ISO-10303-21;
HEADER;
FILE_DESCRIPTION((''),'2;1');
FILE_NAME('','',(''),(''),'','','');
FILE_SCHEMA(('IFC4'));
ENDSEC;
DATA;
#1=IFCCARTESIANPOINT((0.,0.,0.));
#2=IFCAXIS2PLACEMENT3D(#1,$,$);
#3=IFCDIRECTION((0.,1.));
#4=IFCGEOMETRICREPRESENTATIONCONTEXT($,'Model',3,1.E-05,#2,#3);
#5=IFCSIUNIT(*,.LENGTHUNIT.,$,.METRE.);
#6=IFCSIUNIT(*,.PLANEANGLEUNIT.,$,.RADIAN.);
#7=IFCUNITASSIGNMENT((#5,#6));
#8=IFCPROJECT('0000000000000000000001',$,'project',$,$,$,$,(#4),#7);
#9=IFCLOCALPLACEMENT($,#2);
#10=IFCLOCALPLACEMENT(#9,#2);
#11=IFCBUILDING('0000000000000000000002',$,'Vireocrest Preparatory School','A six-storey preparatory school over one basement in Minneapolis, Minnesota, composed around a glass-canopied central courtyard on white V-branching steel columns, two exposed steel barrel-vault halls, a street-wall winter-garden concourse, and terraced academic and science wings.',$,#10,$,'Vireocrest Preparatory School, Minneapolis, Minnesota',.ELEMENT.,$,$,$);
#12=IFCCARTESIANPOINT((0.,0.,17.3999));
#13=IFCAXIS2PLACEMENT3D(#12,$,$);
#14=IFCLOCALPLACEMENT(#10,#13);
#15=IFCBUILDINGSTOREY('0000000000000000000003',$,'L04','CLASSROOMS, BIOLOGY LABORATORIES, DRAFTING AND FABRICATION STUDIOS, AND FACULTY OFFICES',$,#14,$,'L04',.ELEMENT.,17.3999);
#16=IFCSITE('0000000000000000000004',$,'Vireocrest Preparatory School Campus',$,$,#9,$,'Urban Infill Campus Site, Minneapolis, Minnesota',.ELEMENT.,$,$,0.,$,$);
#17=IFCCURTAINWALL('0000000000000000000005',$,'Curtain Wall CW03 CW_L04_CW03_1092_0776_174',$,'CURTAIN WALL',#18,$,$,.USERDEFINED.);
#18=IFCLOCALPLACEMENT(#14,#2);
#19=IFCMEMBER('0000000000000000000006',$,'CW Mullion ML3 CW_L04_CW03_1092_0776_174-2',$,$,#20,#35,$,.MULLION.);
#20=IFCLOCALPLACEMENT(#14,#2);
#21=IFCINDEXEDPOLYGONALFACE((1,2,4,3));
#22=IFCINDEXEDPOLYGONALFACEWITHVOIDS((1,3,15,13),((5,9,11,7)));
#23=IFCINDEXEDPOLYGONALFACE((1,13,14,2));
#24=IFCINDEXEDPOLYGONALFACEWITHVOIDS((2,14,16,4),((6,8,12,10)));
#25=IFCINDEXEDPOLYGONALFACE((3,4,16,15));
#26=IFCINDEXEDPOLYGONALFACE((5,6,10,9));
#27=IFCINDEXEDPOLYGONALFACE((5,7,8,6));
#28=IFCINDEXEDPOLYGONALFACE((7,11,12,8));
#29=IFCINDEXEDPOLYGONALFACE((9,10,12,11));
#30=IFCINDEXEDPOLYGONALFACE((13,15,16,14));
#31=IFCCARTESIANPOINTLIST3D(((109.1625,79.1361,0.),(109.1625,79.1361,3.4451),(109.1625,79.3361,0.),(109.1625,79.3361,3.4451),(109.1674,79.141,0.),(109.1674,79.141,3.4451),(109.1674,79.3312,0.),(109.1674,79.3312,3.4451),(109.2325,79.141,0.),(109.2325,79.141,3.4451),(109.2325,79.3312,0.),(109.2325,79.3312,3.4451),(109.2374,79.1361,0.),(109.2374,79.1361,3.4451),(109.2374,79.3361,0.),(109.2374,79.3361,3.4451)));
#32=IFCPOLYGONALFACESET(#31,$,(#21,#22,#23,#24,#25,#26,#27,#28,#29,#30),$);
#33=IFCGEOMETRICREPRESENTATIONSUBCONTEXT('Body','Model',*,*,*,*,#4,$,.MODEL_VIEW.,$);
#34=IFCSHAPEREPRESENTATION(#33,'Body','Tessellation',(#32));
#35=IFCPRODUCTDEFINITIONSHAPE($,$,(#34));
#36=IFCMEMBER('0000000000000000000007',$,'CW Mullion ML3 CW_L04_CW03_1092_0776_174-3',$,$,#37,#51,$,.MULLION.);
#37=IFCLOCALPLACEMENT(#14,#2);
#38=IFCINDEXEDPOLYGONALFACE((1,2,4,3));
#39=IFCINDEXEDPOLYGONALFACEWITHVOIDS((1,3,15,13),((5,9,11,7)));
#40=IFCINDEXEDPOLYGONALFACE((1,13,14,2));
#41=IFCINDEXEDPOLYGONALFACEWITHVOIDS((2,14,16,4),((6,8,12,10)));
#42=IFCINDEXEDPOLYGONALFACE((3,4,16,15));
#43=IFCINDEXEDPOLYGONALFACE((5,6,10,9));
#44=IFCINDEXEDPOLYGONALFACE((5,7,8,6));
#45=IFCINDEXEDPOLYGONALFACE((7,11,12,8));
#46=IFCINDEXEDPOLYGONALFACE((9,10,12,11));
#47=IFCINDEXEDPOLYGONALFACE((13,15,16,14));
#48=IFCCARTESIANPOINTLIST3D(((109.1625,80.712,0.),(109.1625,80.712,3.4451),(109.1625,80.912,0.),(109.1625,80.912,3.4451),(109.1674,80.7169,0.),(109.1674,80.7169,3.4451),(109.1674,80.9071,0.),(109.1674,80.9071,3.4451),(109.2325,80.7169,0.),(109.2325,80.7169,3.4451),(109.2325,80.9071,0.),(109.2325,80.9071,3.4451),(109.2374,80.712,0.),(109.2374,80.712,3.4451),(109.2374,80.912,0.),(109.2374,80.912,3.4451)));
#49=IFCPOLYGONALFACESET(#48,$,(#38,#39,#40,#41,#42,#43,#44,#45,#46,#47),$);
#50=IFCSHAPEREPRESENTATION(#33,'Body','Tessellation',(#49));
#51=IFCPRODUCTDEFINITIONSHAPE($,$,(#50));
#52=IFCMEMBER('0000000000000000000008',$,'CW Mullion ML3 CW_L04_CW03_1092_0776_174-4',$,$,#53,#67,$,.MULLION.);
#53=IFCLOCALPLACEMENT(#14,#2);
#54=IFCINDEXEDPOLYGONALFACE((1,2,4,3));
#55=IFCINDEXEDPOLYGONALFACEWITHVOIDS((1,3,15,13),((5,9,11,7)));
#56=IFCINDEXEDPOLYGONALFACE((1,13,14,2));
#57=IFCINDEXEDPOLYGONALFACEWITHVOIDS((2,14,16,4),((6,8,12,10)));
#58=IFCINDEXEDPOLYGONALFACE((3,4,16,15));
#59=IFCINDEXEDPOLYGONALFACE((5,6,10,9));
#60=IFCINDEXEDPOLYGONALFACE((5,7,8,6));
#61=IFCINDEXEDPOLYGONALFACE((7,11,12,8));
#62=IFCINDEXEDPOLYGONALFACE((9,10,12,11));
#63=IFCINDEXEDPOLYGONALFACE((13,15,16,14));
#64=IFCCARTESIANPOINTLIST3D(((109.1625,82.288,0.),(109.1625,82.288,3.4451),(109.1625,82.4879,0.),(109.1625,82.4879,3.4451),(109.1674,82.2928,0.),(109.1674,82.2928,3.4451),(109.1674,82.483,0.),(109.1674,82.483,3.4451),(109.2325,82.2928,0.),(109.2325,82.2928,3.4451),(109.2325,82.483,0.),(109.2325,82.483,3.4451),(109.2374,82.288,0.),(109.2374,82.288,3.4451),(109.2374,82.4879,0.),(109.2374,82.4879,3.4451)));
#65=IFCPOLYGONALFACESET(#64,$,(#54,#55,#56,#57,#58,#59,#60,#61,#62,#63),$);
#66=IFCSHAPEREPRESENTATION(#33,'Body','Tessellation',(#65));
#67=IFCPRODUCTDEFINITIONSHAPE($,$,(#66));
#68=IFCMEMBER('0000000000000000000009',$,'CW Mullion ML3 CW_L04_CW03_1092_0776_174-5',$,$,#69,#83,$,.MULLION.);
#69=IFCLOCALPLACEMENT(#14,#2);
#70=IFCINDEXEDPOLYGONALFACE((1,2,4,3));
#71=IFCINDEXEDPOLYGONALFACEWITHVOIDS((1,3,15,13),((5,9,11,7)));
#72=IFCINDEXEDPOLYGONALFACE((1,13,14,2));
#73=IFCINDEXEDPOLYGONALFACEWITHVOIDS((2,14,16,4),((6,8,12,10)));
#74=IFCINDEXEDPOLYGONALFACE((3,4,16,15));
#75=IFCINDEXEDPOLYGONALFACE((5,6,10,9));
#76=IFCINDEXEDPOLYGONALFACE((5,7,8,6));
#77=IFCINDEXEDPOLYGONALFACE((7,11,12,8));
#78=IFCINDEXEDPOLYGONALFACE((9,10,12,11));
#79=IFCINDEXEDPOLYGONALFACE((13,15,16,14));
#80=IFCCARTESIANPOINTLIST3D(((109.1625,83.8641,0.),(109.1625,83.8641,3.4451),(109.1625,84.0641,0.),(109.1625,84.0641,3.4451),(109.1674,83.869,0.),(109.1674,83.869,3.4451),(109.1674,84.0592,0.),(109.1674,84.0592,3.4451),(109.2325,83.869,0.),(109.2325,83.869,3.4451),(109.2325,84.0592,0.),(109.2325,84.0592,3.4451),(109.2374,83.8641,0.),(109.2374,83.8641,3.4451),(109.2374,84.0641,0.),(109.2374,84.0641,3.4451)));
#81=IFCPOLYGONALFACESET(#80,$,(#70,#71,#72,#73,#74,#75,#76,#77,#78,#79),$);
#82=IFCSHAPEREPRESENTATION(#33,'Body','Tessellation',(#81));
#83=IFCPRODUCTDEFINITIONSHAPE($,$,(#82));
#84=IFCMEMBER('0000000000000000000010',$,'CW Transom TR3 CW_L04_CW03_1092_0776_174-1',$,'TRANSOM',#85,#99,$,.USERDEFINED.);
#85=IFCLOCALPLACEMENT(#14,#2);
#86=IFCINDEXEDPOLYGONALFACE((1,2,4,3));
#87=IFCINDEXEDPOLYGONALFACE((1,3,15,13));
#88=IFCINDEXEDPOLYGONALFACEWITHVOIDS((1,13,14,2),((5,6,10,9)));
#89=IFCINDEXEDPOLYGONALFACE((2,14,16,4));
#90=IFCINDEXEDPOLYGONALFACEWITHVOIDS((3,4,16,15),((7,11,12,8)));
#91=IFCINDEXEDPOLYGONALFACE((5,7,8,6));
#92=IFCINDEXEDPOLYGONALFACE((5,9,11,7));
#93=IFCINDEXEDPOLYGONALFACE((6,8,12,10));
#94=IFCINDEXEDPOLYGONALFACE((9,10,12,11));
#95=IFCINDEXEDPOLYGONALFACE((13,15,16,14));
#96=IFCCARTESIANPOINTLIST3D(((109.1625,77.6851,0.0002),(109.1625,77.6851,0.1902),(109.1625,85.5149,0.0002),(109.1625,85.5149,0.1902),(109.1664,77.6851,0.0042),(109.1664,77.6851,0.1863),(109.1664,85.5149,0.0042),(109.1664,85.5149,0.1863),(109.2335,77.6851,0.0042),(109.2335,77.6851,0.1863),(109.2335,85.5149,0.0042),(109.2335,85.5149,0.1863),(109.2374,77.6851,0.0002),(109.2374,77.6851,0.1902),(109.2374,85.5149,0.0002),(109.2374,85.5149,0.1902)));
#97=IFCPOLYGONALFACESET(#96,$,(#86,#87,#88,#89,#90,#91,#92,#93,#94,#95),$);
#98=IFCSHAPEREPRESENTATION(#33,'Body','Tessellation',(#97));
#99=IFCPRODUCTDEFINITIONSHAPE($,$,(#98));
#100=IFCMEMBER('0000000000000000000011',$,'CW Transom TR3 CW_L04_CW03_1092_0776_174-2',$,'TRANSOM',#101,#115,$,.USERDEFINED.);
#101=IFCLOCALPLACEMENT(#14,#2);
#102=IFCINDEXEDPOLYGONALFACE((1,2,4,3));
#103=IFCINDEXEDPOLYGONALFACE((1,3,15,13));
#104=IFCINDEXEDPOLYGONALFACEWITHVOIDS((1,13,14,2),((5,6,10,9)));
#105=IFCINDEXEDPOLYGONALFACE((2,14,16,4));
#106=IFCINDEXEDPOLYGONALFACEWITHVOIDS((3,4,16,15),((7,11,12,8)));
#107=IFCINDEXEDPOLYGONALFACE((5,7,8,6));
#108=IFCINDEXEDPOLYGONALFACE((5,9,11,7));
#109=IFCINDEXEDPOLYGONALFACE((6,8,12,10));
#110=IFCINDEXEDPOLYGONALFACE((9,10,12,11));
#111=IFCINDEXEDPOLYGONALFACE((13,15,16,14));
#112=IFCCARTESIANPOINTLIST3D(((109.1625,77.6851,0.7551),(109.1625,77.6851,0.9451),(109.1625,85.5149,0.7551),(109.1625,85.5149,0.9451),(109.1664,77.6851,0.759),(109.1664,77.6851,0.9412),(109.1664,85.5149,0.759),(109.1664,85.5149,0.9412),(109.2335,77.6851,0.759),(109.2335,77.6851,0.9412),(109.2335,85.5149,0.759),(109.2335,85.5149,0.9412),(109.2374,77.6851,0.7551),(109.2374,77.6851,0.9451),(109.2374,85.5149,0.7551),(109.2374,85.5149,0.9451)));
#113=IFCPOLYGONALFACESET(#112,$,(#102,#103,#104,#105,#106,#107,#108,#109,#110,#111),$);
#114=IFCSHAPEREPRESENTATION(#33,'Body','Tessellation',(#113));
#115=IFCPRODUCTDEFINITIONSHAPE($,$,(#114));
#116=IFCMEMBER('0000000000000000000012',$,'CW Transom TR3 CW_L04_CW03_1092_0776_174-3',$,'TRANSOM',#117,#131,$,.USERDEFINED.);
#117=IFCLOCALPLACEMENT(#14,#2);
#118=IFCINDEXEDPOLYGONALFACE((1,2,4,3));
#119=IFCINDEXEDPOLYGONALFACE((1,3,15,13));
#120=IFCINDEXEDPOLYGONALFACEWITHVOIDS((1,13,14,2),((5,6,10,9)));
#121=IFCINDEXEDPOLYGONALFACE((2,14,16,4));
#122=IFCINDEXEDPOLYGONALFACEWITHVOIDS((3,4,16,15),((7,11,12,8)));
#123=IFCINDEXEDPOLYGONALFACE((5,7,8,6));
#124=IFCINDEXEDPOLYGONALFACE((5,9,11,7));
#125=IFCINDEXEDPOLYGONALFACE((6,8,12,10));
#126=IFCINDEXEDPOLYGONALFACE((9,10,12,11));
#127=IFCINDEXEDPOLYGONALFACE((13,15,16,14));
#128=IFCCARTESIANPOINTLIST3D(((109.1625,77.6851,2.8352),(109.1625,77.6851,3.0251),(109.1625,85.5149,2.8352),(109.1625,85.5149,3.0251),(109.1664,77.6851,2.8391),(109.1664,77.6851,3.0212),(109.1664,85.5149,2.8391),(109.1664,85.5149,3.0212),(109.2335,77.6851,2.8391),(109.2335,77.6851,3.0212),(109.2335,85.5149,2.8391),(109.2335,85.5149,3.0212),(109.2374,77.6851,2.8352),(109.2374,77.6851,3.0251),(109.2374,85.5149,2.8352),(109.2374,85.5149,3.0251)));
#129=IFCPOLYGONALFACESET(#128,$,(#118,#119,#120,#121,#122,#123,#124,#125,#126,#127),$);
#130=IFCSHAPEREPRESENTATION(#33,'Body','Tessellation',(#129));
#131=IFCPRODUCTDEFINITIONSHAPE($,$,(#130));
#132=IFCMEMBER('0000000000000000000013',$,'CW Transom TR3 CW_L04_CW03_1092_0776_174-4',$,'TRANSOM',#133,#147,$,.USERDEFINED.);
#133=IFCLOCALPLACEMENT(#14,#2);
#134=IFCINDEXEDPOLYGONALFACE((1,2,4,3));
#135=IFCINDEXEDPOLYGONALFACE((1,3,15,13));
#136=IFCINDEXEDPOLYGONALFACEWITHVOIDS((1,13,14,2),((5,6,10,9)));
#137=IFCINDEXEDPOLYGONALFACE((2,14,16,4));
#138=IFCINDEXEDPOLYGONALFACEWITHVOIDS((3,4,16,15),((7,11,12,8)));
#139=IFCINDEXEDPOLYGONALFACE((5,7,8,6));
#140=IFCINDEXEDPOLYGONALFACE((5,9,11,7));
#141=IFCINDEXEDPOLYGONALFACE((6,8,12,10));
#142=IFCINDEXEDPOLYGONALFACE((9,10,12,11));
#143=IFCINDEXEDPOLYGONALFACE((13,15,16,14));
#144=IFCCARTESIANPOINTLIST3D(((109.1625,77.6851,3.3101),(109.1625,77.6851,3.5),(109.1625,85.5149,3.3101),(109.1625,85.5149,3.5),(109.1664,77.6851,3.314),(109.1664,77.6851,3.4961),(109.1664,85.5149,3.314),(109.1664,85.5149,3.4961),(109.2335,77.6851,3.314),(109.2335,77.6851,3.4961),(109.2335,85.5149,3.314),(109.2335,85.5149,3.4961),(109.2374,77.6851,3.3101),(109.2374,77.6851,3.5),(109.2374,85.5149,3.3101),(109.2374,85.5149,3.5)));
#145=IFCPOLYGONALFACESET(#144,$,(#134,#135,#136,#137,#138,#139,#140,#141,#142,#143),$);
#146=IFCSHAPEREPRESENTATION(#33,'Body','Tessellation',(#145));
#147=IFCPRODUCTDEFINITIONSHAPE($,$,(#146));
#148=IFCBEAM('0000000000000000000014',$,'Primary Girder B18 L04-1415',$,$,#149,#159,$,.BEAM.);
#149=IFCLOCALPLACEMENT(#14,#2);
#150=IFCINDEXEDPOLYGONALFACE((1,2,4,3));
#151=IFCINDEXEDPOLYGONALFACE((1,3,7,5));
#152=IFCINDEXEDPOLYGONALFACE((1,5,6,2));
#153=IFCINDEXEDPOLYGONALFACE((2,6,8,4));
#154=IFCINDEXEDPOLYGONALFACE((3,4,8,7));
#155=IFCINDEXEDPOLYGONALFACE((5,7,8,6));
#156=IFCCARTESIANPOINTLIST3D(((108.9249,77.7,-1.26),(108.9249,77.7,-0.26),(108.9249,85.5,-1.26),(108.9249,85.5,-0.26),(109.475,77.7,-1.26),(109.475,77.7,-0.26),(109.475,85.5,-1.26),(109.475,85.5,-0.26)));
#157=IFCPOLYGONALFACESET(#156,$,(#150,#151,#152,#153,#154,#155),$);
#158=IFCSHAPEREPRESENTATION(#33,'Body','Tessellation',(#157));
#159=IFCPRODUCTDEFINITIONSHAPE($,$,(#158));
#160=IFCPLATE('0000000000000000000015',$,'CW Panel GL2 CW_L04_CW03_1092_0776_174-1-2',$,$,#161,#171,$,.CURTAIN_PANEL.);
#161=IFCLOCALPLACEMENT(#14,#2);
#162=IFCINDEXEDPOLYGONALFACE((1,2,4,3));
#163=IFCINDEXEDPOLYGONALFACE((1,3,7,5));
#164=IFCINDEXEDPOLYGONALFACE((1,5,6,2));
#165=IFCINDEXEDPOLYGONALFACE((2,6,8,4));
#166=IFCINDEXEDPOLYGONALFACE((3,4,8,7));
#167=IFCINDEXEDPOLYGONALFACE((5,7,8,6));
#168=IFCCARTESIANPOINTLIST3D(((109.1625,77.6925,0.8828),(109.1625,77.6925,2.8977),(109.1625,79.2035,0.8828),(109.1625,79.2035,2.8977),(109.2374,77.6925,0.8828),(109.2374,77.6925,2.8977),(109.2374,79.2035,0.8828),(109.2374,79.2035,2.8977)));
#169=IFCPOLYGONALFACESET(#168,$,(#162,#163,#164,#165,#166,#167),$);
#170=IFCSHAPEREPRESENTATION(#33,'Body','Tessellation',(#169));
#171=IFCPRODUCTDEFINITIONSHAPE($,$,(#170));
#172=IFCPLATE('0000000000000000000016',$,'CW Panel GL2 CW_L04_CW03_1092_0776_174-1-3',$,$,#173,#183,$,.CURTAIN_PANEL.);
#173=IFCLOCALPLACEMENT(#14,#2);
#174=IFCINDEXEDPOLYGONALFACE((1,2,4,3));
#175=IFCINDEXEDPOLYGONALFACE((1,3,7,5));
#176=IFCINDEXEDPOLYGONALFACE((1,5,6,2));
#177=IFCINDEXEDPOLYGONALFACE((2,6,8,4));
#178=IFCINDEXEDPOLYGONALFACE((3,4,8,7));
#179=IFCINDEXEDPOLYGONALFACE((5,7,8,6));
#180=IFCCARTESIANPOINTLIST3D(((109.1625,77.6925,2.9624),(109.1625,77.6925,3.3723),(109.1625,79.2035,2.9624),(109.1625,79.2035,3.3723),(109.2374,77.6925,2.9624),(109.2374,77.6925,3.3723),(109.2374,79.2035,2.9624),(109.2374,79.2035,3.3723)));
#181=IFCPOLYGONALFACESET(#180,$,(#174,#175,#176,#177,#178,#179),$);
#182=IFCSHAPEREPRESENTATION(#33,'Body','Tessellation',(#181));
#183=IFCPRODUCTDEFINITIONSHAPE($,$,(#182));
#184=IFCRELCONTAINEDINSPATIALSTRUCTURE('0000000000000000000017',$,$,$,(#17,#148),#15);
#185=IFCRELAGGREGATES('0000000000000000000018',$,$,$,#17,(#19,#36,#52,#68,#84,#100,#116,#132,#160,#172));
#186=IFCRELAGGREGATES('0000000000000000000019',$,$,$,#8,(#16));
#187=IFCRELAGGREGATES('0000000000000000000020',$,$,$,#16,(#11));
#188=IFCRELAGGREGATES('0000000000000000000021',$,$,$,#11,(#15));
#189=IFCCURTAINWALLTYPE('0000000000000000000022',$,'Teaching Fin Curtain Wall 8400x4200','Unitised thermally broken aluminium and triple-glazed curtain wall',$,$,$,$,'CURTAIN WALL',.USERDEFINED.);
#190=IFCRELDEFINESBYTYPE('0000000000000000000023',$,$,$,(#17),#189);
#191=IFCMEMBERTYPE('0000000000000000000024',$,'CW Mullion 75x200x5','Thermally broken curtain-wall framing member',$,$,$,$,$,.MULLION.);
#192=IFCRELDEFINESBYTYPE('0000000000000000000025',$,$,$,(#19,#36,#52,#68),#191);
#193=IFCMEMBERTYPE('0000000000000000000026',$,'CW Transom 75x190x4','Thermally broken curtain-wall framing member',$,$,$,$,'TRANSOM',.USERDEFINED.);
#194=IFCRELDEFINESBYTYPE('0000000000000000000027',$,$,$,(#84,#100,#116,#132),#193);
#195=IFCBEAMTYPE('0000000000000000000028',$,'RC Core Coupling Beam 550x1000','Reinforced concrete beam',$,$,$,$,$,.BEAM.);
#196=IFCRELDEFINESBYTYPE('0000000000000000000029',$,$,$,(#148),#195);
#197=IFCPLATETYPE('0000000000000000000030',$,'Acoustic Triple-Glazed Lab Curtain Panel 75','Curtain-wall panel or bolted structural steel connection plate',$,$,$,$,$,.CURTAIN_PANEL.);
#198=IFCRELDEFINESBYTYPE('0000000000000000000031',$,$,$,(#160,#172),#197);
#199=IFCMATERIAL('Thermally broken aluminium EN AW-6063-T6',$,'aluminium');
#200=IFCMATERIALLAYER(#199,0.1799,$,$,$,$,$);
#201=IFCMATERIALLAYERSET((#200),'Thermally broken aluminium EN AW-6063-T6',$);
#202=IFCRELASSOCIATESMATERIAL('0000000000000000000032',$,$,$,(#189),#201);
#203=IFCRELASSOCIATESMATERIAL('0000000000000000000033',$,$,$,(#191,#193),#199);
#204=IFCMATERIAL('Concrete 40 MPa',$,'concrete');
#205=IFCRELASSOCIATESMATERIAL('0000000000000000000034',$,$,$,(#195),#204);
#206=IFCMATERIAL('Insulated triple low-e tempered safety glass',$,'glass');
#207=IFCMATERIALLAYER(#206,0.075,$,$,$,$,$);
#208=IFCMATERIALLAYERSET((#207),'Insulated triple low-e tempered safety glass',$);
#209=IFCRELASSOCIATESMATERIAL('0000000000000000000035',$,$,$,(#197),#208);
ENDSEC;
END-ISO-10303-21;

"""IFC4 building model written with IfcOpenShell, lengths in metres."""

from ifc_helpers import new_model, si_unit, direction, frame, origin, origin_2d, place, context, subcontext, project, spatial, rectangle, hollow_rectangle, extrude, material, layer, layer_set, material_profile, profile_set, type_object, element, aggregate, save


model = new_model("IFC4")

# Units and contexts
model_context = context("Model", 3, precision=1e-05, world=origin(), true_north=direction((0.0, 1.0)))
body_context = subcontext(model_context, "Body", "Model", "MODEL_VIEW")
ifc_project = project(units=[si_unit("LENGTHUNIT", "METRE"), si_unit("PLANEANGLEUNIT", "RADIAN")], contexts=[model_context])

# Site, building, storey
site_placement = place(None, origin())
site = spatial("IfcSite", under=ifc_project, at=site_placement, Name="Vireocrest Preparatory School Campus", LongName="Urban Infill Campus Site, Minneapolis, Minnesota", CompositionType="ELEMENT", RefElevation=0.0)
building_placement = place(site_placement, origin())
building = spatial("IfcBuilding", under=site, at=building_placement, Name="Vireocrest Preparatory School", Description="A six-storey preparatory school over one basement in Minneapolis, Minnesota, composed around a glass-canopied central courtyard on white V-branching steel columns, two exposed steel barrel-vault halls, a street-wall winter-garden concourse, and terraced academic and science wings.", LongName="Vireocrest Preparatory School, Minneapolis, Minnesota", CompositionType="ELEMENT")
storey_placement = place(building_placement, frame((0.0, 0.0, 17.3999)))
storey = spatial("IfcBuildingStorey", under=building, at=storey_placement, Name="L04", Description="CLASSROOMS, BIOLOGY LABORATORIES, DRAFTING AND FABRICATION STUDIOS, AND FACULTY OFFICES", LongName="L04", CompositionType="ELEMENT", Elevation=17.3999)

# Curtain wall, members
ifc_material_1 = material(Name="Thermally broken aluminium EN AW-6063-T6", Category="aluminium")
ifc_layer_1 = layer(ifc_material_1, 0.1799)
ifc_layer_set_1 = layer_set([ifc_layer_1], Name="Thermally broken aluminium EN AW-6063-T6")
curtain_wall_type = type_object("IfcCurtainWallType", Name="Teaching Fin Curtain Wall 8400x4200", Description="Unitised thermally broken aluminium and triple-glazed curtain wall", ElementType="CURTAIN WALL", PredefinedType="USERDEFINED", material=ifc_layer_set_1)
curtain_wall_placement = place(storey_placement, origin())
curtain_wall = element("IfcCurtainWall", 1, at=curtain_wall_placement, inside=storey, type_object=curtain_wall_type, Name="Curtain Wall CW03 CW_L04_CW03_1092_0776_174", ObjectType="CURTAIN WALL", PredefinedType="USERDEFINED")
ifc_material_profile_1 = material_profile(ifc_material_1, hollow_rectangle(XDim=0.075, YDim=0.2, WallThickness=0.0049, at=origin_2d()), Name="ALU 75x200x5")
ifc_profile_set_1 = profile_set([ifc_material_profile_1], Name="Thermally broken aluminium EN AW-6063-T6")
member_type_1 = type_object("IfcMemberType", Name="CW Mullion 75x200x5", Description="Thermally broken curtain-wall framing member", PredefinedType="MULLION", material=ifc_profile_set_1)
member_1_placement = place(storey_placement, frame((109.2, 79.2361, 0.0), z_axis=(0.0, 0.0, 1.0), x_axis=(1.0, 0.0, 0.0)))
member_1 = element("IfcMember", 2, at=member_1_placement, type_object=member_type_1, Name="CW Mullion ML3 CW_L04_CW03_1092_0776_174-2", PredefinedType="MULLION", context=body_context, shape_type="SweptSolid", body=[
    extrude(hollow_rectangle(XDim=0.075, YDim=0.2, WallThickness=0.0049, at=origin_2d()), origin(), (0.0, 0.0, 1.0), 3.4451),
])
member_2_placement = place(storey_placement, frame((109.2, 80.812, 0.0), z_axis=(0.0, 0.0, 1.0), x_axis=(1.0, 0.0, 0.0)))
member_2 = element("IfcMember", 3, at=member_2_placement, type_object=member_type_1, Name="CW Mullion ML3 CW_L04_CW03_1092_0776_174-3", PredefinedType="MULLION", context=body_context, shape_type="SweptSolid", body=[
    extrude(hollow_rectangle(XDim=0.075, YDim=0.2, WallThickness=0.0049, at=origin_2d()), origin(), (0.0, 0.0, 1.0), 3.4451),
])
member_3_placement = place(storey_placement, frame((109.2, 82.3879, 0.0), z_axis=(0.0, 0.0, 1.0), x_axis=(1.0, 0.0, 0.0)))
member_3 = element("IfcMember", 4, at=member_3_placement, type_object=member_type_1, Name="CW Mullion ML3 CW_L04_CW03_1092_0776_174-4", PredefinedType="MULLION", context=body_context, shape_type="SweptSolid", body=[
    extrude(hollow_rectangle(XDim=0.075, YDim=0.2, WallThickness=0.0049, at=origin_2d()), origin(), (0.0, 0.0, 1.0), 3.4451),
])
member_4_placement = place(storey_placement, frame((109.2, 83.9641, 0.0), z_axis=(0.0, 0.0, 1.0), x_axis=(1.0, 0.0, 0.0)))
member_4 = element("IfcMember", 5, at=member_4_placement, type_object=member_type_1, Name="CW Mullion ML3 CW_L04_CW03_1092_0776_174-5", PredefinedType="MULLION", context=body_context, shape_type="SweptSolid", body=[
    extrude(hollow_rectangle(XDim=0.075, YDim=0.2, WallThickness=0.0049, at=origin_2d()), origin(), (0.0, 0.0, 1.0), 3.4451),
])
ifc_material_profile_2 = material_profile(ifc_material_1, hollow_rectangle(XDim=0.075, YDim=0.1899, WallThickness=0.0039, at=origin_2d()), Name="ALU 75x190x4")
ifc_profile_set_2 = profile_set([ifc_material_profile_2], Name="Thermally broken aluminium EN AW-6063-T6")
member_type_2 = type_object("IfcMemberType", Name="CW Transom 75x190x4", Description="Thermally broken curtain-wall framing member", ElementType="TRANSOM", PredefinedType="USERDEFINED", material=ifc_profile_set_2)
member_5_placement = place(storey_placement, frame((109.2, 77.6851, 0.0952), z_axis=(0.0, 1.0, 0.0), x_axis=(-1.0, 0.0, 0.0)))
member_5 = element("IfcMember", 6, at=member_5_placement, type_object=member_type_2, Name="CW Transom TR3 CW_L04_CW03_1092_0776_174-1", ObjectType="TRANSOM", PredefinedType="USERDEFINED", context=body_context, shape_type="SweptSolid", body=[
    extrude(hollow_rectangle(XDim=0.075, YDim=0.1899, WallThickness=0.0039, at=origin_2d()), origin(), (0.0, 0.0, 1.0), 7.8298),
])
member_6_placement = place(storey_placement, frame((109.2, 77.6851, 0.8501), z_axis=(0.0, 1.0, 0.0), x_axis=(-1.0, 0.0, 0.0)))
member_6 = element("IfcMember", 7, at=member_6_placement, type_object=member_type_2, Name="CW Transom TR3 CW_L04_CW03_1092_0776_174-2", ObjectType="TRANSOM", PredefinedType="USERDEFINED", context=body_context, shape_type="SweptSolid", body=[
    extrude(hollow_rectangle(XDim=0.075, YDim=0.1899, WallThickness=0.0039, at=origin_2d()), origin(), (0.0, 0.0, 1.0), 7.8298),
])
member_7_placement = place(storey_placement, frame((109.2, 77.6851, 2.9302), z_axis=(0.0, 1.0, 0.0), x_axis=(-1.0, 0.0, 0.0)))
member_7 = element("IfcMember", 8, at=member_7_placement, type_object=member_type_2, Name="CW Transom TR3 CW_L04_CW03_1092_0776_174-3", ObjectType="TRANSOM", PredefinedType="USERDEFINED", context=body_context, shape_type="SweptSolid", body=[
    extrude(hollow_rectangle(XDim=0.075, YDim=0.1899, WallThickness=0.0039, at=origin_2d()), origin(), (0.0, 0.0, 1.0), 7.8298),
])
member_8_placement = place(storey_placement, frame((109.2, 77.6851, 3.405), z_axis=(0.0, 1.0, 0.0), x_axis=(-1.0, 0.0, 0.0)))
member_8 = element("IfcMember", 9, at=member_8_placement, type_object=member_type_2, Name="CW Transom TR3 CW_L04_CW03_1092_0776_174-4", ObjectType="TRANSOM", PredefinedType="USERDEFINED", context=body_context, shape_type="SweptSolid", body=[
    extrude(hollow_rectangle(XDim=0.075, YDim=0.1899, WallThickness=0.0039, at=origin_2d()), origin(), (0.0, 0.0, 1.0), 7.8298),
])

# Beam
ifc_material_2 = material(Name="Concrete 40 MPa", Category="concrete")
ifc_material_profile_3 = material_profile(ifc_material_2, rectangle(XDim=0.55, YDim=1.0, at=origin_2d()), Name="RC 550x1000")
ifc_profile_set_3 = profile_set([ifc_material_profile_3], Name="Concrete 40 MPa")
beam_type = type_object("IfcBeamType", Name="RC Core Coupling Beam 550x1000", Description="Reinforced concrete beam", PredefinedType="BEAM", material=ifc_profile_set_3)
beam_placement = place(storey_placement, frame((109.2, 77.7, -0.76), z_axis=(0.0, 1.0, 0.0), x_axis=(-1.0, 0.0, 0.0)))
element("IfcBeam", 10, at=beam_placement, inside=storey, type_object=beam_type, Name="Primary Girder B18 L04-1415", PredefinedType="BEAM", context=body_context, shape_type="SweptSolid", body=[
    extrude(rectangle(XDim=0.55, YDim=1.0, at=origin_2d()), origin(), (0.0, 0.0, 1.0), 7.8),
])

# Plates
ifc_material_3 = material(Name="Insulated triple low-e tempered safety glass", Category="glass")
ifc_layer_2 = layer(ifc_material_3, 0.075)
ifc_layer_set_2 = layer_set([ifc_layer_2], Name="Insulated triple low-e tempered safety glass")
plate_type_1 = type_object("IfcPlateType", Name="Acoustic Triple-Glazed Lab Curtain Panel 75", Description="Curtain-wall panel or bolted structural steel connection plate", PredefinedType="CURTAIN_PANEL", material=ifc_layer_set_2)
plate_1_placement = place(storey_placement, frame((109.2, 78.448, 0.8828), z_axis=(0.0, 0.0, 1.0), x_axis=(0.0, 1.0, 0.0)))
plate_1 = element("IfcPlate", 11, at=plate_1_placement, type_object=plate_type_1, Name="CW Panel GL2 CW_L04_CW03_1092_0776_174-1-2", PredefinedType="CURTAIN_PANEL", context=body_context, shape_type="SweptSolid", body=[
    extrude(rectangle(XDim=1.511, YDim=0.075, at=origin_2d()), origin(), (0.0, 0.0, 1.0), 2.0149),
])
plate_2_placement = place(storey_placement, frame((109.2, 78.448, 2.9624), z_axis=(0.0, 0.0, 1.0), x_axis=(0.0, 1.0, 0.0)))
plate_2 = element("IfcPlate", 12, at=plate_2_placement, type_object=plate_type_1, Name="CW Panel GL2 CW_L04_CW03_1092_0776_174-1-3", PredefinedType="CURTAIN_PANEL", context=body_context, shape_type="SweptSolid", body=[
    extrude(rectangle(XDim=1.511, YDim=0.075, at=origin_2d()), origin(), (0.0, 0.0, 1.0), 0.4099),
])
aggregate(curtain_wall, [member_1, member_2, member_3, member_4, member_5, member_6, member_7, member_8, plate_1, plate_2])

save(model, "model.ifc")
